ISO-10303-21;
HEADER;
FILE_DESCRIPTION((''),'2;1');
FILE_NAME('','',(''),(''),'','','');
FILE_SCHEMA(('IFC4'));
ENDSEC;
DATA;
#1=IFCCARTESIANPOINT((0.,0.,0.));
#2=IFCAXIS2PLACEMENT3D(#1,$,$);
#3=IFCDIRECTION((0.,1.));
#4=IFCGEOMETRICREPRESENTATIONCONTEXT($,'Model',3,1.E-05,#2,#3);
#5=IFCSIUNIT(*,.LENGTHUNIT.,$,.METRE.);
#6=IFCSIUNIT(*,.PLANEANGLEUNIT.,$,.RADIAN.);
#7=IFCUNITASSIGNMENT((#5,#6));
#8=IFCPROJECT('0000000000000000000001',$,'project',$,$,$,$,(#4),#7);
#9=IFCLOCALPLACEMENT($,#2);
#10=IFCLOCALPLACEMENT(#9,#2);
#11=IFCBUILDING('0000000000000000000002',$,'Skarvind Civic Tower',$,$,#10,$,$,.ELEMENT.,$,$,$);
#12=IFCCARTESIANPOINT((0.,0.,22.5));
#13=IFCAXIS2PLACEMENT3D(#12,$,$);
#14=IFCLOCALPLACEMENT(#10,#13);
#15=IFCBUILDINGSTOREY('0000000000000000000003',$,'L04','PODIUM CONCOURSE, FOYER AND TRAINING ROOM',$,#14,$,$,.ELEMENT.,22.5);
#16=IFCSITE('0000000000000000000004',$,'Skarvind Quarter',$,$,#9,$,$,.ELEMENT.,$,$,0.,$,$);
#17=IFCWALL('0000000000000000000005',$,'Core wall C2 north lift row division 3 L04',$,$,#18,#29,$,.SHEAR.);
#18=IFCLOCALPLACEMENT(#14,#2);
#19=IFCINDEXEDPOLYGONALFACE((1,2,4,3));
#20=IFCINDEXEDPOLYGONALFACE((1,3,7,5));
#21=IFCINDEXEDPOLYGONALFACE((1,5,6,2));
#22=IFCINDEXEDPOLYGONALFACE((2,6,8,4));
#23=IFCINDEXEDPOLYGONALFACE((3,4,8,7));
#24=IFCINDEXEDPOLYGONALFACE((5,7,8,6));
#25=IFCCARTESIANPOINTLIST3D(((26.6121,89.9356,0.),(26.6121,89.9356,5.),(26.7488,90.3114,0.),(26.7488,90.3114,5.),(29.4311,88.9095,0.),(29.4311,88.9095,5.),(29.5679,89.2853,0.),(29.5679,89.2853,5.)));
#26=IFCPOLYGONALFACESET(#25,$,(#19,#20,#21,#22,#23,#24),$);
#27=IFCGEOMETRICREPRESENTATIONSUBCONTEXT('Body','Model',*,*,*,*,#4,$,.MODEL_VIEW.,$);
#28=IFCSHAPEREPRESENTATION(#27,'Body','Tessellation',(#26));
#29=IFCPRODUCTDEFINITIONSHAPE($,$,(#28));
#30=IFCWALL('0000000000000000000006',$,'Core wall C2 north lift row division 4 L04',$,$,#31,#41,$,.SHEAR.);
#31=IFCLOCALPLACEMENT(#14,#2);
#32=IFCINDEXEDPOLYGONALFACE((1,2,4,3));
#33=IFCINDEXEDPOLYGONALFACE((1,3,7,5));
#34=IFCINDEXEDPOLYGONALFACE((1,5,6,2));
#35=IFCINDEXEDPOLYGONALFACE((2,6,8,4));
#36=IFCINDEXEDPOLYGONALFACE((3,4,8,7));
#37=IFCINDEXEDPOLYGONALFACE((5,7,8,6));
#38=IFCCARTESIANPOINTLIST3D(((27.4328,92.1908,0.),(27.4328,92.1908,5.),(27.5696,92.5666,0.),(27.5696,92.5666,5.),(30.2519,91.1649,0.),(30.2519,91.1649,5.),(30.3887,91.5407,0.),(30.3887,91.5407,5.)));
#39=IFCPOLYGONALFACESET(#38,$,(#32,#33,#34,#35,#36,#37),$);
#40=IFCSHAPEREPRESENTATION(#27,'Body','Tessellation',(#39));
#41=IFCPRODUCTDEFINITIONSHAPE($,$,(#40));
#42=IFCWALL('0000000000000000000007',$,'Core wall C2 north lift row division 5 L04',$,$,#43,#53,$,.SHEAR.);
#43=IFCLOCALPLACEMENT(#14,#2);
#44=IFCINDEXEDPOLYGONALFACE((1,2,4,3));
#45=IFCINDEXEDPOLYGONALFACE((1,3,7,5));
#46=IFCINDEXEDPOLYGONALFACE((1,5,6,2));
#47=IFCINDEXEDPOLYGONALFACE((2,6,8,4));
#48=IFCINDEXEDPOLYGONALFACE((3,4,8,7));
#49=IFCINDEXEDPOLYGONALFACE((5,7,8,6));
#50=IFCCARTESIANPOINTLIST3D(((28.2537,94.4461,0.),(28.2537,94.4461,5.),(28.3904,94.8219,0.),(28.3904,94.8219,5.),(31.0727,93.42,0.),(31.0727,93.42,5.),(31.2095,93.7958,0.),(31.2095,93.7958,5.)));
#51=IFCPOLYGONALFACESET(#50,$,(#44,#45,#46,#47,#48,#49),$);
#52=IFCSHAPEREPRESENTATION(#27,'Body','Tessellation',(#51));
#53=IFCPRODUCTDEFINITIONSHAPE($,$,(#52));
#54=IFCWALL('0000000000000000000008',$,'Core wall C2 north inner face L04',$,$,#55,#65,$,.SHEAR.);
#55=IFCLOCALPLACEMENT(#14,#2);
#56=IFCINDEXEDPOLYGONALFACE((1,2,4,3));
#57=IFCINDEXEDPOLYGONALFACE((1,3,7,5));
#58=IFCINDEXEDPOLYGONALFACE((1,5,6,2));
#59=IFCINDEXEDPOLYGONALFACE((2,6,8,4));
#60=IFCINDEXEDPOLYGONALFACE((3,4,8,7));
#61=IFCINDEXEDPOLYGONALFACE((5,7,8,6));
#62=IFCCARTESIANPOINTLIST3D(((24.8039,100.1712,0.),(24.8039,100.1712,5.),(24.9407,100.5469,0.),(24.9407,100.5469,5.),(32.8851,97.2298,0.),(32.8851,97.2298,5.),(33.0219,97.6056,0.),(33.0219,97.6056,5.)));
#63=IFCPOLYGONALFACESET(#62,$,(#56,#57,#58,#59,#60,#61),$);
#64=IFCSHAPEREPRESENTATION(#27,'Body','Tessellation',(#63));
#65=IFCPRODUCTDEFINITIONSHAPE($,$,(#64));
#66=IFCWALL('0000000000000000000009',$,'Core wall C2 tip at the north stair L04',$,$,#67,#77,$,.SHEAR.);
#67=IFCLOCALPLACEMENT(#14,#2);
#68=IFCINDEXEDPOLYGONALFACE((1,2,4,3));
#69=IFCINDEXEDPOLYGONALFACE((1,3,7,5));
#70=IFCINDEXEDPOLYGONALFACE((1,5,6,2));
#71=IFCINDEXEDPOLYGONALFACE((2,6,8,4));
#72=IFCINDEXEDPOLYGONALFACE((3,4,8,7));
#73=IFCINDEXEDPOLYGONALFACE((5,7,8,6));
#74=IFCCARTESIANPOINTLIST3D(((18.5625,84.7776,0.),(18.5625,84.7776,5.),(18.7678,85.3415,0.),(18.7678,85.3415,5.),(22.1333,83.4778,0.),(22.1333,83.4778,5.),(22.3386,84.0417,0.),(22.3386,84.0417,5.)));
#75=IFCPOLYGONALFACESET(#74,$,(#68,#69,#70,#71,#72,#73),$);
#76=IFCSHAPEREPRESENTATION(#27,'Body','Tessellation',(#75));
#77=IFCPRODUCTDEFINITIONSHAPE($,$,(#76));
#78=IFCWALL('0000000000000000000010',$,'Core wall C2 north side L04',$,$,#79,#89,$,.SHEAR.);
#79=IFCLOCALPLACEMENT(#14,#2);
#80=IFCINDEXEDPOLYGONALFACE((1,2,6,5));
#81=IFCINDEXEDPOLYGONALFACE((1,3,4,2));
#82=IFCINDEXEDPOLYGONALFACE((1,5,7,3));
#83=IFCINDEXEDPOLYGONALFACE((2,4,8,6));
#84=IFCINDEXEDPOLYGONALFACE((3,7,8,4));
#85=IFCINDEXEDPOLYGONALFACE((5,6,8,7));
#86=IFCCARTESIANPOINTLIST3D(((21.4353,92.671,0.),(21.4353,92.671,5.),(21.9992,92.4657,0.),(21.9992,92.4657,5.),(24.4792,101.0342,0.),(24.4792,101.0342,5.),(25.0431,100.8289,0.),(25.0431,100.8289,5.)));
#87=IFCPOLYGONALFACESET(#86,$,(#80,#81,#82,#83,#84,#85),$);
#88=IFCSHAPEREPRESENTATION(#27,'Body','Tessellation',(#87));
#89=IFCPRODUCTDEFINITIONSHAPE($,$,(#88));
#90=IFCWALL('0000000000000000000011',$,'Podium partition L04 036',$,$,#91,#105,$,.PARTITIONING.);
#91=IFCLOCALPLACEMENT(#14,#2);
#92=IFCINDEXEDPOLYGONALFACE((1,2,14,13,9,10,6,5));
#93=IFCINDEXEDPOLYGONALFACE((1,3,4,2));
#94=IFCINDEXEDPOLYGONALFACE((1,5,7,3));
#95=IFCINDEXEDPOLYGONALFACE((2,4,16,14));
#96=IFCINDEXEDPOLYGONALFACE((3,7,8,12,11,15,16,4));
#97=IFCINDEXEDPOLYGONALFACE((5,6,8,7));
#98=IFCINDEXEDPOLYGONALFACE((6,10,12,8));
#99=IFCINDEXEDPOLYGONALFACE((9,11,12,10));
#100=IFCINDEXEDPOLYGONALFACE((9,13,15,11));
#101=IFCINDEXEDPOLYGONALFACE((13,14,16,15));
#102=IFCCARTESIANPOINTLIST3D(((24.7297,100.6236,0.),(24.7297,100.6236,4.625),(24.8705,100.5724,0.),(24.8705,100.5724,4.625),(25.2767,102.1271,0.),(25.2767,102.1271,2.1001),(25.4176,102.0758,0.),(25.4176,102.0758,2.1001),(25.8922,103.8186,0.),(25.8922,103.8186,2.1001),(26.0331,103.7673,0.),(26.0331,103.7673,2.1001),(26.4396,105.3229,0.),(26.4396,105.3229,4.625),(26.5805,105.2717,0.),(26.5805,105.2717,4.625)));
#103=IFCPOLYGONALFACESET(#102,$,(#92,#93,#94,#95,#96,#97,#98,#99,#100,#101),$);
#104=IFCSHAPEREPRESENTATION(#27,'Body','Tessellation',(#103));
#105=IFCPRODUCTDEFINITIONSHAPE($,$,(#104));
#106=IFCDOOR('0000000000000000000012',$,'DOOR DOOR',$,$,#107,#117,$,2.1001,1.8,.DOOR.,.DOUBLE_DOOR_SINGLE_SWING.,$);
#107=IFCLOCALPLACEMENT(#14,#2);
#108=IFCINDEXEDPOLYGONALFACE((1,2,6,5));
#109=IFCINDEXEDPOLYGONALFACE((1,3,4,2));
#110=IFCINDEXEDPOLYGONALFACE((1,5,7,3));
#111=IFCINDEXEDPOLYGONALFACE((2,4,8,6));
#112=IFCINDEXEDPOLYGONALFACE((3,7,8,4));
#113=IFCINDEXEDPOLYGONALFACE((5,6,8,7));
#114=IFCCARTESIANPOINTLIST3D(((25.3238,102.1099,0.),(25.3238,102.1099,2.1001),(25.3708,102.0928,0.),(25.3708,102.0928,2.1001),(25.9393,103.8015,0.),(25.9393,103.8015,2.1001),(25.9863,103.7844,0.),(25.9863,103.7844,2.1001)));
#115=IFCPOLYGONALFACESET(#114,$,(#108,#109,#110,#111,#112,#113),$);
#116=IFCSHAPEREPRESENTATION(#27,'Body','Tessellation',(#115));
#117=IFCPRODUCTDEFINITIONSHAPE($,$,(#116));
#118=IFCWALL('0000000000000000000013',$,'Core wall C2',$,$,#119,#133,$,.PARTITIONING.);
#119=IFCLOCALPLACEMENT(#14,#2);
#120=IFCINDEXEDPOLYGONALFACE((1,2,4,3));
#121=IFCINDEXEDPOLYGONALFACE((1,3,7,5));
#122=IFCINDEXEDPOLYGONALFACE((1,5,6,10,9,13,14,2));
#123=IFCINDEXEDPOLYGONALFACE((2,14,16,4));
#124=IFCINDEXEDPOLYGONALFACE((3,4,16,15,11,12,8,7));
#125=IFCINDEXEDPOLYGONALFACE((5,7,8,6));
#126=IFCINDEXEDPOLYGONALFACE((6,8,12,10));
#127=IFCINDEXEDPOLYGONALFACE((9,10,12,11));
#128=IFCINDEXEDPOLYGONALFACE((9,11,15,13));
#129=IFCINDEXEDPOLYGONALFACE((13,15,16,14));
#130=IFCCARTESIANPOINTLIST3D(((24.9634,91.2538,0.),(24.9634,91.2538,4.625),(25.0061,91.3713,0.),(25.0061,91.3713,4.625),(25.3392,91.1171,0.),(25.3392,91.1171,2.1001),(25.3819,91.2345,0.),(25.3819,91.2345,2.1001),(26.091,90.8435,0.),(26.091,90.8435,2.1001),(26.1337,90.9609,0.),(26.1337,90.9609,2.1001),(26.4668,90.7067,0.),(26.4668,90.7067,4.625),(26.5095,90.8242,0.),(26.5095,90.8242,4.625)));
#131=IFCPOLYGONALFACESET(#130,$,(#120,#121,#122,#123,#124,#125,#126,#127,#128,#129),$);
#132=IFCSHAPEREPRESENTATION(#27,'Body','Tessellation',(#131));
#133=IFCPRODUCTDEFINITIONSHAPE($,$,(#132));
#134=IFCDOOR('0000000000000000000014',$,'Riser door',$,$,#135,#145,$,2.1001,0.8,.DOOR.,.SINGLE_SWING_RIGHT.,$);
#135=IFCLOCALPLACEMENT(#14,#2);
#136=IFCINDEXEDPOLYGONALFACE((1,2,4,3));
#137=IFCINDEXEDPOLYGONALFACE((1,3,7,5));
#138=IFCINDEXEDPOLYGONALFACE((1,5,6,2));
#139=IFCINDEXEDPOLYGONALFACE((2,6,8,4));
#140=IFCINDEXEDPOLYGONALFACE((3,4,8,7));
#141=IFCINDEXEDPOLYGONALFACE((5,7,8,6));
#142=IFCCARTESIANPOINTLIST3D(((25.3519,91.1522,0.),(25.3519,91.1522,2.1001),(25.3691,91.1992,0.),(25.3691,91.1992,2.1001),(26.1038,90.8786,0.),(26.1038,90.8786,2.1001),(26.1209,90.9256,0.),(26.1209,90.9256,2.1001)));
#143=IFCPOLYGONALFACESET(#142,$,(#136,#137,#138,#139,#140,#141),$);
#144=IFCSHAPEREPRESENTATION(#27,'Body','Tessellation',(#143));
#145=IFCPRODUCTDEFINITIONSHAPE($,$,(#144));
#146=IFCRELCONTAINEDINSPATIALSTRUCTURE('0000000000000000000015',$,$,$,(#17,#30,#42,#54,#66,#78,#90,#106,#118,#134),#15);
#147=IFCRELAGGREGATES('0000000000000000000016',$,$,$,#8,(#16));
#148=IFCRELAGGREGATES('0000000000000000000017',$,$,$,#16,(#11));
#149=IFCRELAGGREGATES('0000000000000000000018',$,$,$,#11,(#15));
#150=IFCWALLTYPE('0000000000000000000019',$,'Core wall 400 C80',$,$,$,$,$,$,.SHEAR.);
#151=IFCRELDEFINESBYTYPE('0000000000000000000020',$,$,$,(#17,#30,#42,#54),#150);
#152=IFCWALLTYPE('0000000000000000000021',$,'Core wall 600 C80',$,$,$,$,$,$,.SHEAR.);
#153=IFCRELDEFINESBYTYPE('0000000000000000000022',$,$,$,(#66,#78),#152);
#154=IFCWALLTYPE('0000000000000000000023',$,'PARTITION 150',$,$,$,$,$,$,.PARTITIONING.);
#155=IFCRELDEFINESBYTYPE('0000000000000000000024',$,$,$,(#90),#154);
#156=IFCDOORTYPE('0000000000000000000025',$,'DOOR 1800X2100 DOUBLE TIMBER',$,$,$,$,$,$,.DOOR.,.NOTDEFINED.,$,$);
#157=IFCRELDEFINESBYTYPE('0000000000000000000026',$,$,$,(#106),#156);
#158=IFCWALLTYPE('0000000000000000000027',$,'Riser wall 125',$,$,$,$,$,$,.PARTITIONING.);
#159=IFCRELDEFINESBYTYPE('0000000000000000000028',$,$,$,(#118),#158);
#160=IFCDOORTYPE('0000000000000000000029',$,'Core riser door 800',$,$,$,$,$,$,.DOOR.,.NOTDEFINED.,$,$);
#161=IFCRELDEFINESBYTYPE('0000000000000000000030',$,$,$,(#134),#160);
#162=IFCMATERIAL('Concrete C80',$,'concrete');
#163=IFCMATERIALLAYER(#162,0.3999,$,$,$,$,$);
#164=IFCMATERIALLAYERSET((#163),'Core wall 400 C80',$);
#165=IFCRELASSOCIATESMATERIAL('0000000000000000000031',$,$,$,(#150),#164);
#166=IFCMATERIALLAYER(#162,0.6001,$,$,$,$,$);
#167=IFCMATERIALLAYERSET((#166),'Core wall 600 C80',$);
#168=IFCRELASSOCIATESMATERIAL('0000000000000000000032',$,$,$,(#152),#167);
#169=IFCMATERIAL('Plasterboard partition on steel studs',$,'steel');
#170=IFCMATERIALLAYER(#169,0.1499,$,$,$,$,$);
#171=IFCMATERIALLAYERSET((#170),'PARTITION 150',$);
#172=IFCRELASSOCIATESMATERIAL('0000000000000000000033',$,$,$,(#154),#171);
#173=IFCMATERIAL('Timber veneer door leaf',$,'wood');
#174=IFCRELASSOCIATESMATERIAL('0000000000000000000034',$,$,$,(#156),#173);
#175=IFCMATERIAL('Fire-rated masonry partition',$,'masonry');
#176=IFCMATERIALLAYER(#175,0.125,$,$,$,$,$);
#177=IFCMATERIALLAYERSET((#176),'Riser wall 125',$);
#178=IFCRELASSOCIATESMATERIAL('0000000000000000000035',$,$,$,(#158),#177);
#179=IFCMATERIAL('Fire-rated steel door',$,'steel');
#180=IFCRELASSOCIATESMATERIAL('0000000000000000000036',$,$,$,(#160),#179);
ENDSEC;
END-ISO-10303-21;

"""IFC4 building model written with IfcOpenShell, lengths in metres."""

from ifc_helpers import new_model, si_unit, direction, frame, frame_2d, origin, place, context, subcontext, project, spatial, rectangle, extrude, material, layer, layer_set, type_object, element, fill, save


model = new_model("IFC4")

# Units and contexts
model_context = context("Model", 3, precision=1e-05, world=origin(), true_north=direction((0.0, 1.0)))
body_context = subcontext(model_context, "Body", "Model", "MODEL_VIEW")
ifc_project = project(units=[si_unit("LENGTHUNIT", "METRE"), si_unit("PLANEANGLEUNIT", "RADIAN")], contexts=[model_context])

# Site, building, storey
site_placement = place(None, origin())
site = spatial("IfcSite", under=ifc_project, at=site_placement, Name="Skarvind Quarter", CompositionType="ELEMENT", RefElevation=0.0)
building_placement = place(site_placement, origin())
building = spatial("IfcBuilding", under=site, at=building_placement, Name="Skarvind Civic Tower", CompositionType="ELEMENT")
storey_placement = place(building_placement, frame((0.0, 0.0, 22.5)))
storey = spatial("IfcBuildingStorey", under=building, at=storey_placement, Name="L04", Description="PODIUM CONCOURSE, FOYER AND TRAINING ROOM", CompositionType="ELEMENT", Elevation=22.5)

# Shared definitions
ifc_material_1 = material(Name="Concrete C80", Category="concrete")

# Shared definitions
ifc_material_2 = material(Name="Fire-rated masonry partition", Category="masonry")
ifc_material_3 = material(Name="Fire-rated steel door", Category="steel")

# Shared definitions
ifc_layer_1 = layer(ifc_material_1, 0.3999)
ifc_layer_set_1 = layer_set([ifc_layer_1], Name="Core wall 400 C80")
wall_type_1 = type_object("IfcWallType", Name="Core wall 400 C80", PredefinedType="SHEAR", material=ifc_layer_set_1)

# Walls
for number, where, z_axis, x_axis, name in (
    (1, (29.4995, 89.0974, 0.0), (0.0, 0.0, 1.0), (-0.939686, 0.342037, 0.0), "Core wall C2 north lift row division 3 L04"),
    (2, (30.3203, 91.3528, 0.0), (0.0, 0.0, 1.0), (-0.939713, 0.341965, 0.0), "Core wall C2 north lift row division 4 L04"),
    (3, (31.1411, 93.6079, 0.0), (0.0, 0.0, 1.0), (-0.939686, 0.342037, 0.0), "Core wall C2 north lift row division 5 L04"),
):
    element("IfcWall", number, at=place(storey_placement, frame(where, z_axis=z_axis, x_axis=x_axis)), inside=storey, type_object=wall_type_1, Name=name, PredefinedType="SHEAR", context=body_context, shape_type="SweptSolid", body=[
        extrude(rectangle(XDim=3.0, YDim=0.3999, at=frame_2d((1.5, 0.0))), origin(), (0.0, 0.0, 1.0), 5.0),
    ])
wall_1_placement = place(storey_placement, frame((32.9534, 97.4177, 0.0), z_axis=(0.0, 0.0, 1.0), x_axis=(-0.939691, 0.342026, 0.0)))
element("IfcWall", 4, at=wall_1_placement, inside=storey, type_object=wall_type_1, Name="Core wall C2 north inner face L04", PredefinedType="SHEAR", context=body_context, shape_type="SweptSolid", body=[
    extrude(rectangle(XDim=8.5999, YDim=0.3999, at=frame_2d((4.2998, 0.0))), origin(), (0.0, 0.0, 1.0), 5.0),
])
ifc_layer_2 = layer(ifc_material_1, 0.6001)
ifc_layer_set_2 = layer_set([ifc_layer_2], Name="Core wall 600 C80")
wall_type_2 = type_object("IfcWallType", Name="Core wall 600 C80", PredefinedType="SHEAR", material=ifc_layer_set_2)
wall_2_placement = place(storey_placement, frame((22.2358, 83.7598, 0.0), z_axis=(0.0, 0.0, 1.0), x_axis=(-0.939681, 0.342053, 0.0)))
element("IfcWall", 5, at=wall_2_placement, inside=storey, type_object=wall_type_2, Name="Core wall C2 tip at the north stair L04", PredefinedType="SHEAR", context=body_context, shape_type="SweptSolid", body=[
    extrude(rectangle(XDim=3.8, YDim=0.6001, at=frame_2d((1.8999, 0.0))), origin(), (0.0, 0.0, 1.0), 5.0),
])
wall_3_placement = place(storey_placement, frame((21.7173, 92.5684, 0.0), z_axis=(0.0, 0.0, 1.0), x_axis=(0.342016, 0.939694, 0.0)))
element("IfcWall", 6, at=wall_3_placement, inside=storey, type_object=wall_type_2, Name="Core wall C2 north side L04", PredefinedType="SHEAR", context=body_context, shape_type="SweptSolid", body=[
    extrude(rectangle(XDim=8.8999, YDim=0.6001, at=frame_2d((4.45, 0.0))), origin(), (0.0, 0.0, 1.0), 5.0),
])

# Walls, openings, doors
ifc_material_4 = material(Name="Plasterboard partition on steel studs", Category="steel")
ifc_layer_3 = layer(ifc_material_4, 0.1499)
ifc_layer_set_3 = layer_set([ifc_layer_3], Name="PARTITION 150")
wall_type_3 = type_object("IfcWallType", Name="PARTITION 150", PredefinedType="PARTITIONING", material=ifc_layer_set_3)
wall_4_placement = place(storey_placement, frame((24.8, 100.5979, 0.0), z_axis=(0.0, 0.0, 1.0), x_axis=(0.341947, 0.939719, 0.0)))
wall_4 = element("IfcWall", 7, at=wall_4_placement, inside=storey, type_object=wall_type_3, Name="Podium partition L04 036", PredefinedType="PARTITIONING", context=body_context, shape_type="SweptSolid", body=[
    extrude(rectangle(XDim=5.0007, YDim=0.1499, at=frame_2d((2.5005, 0.0))), origin(), (0.0, 0.0, 1.0), 4.625),
])
opening_1_placement = place(wall_4_placement, frame((1.6001, 0.0, 0.0)))
opening_1 = element("IfcOpeningElement", 8, at=opening_1_placement, cuts=wall_4, PredefinedType="OPENING", context=body_context, shape_type="SweptSolid", body=[
    extrude(rectangle(XDim=1.8, YDim=2.1001, at=frame_2d((0.8999, 1.05))), frame((0.0, 0.085, 0.0), z_axis=(0.0, -1.0, 0.0), x_axis=(1.0, 0.0, 0.0)), (0.0, 0.0, 1.0), 0.1699),
])
ifc_material_5 = material(Name="Timber veneer door leaf", Category="wood")
door_type_1 = type_object("IfcDoorType", Name="DOOR 1800X2100 DOUBLE TIMBER", OperationType="NOTDEFINED", PredefinedType="DOOR", material=ifc_material_5)
door_1_placement = place(opening_1_placement, origin())
door_1 = element("IfcDoor", 9, at=door_1_placement, inside=storey, type_object=door_type_1, Name="DOOR DOOR", OperationType="DOUBLE_DOOR_SINGLE_SWING", OverallHeight=2.1001, OverallWidth=1.8, PredefinedType="DOOR", context=body_context, shape_type="SweptSolid", body=[
    extrude(rectangle(XDim=1.8, YDim=2.1001, at=frame_2d((0.8999, 1.05))), frame((0.0, 0.0249, 0.0), z_axis=(0.0, -1.0, 0.0), x_axis=(1.0, 0.0, 0.0)), (0.0, 0.0, 1.0), 0.05),
])
fill(opening_1, door_1)
ifc_layer_4 = layer(ifc_material_2, 0.125)
ifc_layer_set_4 = layer_set([ifc_layer_4], Name="Riser wall 125")
wall_type_4 = type_object("IfcWallType", Name="Riser wall 125", PredefinedType="PARTITIONING", material=ifc_layer_set_4)
wall_5_placement = place(storey_placement, frame((24.9849, 91.3125, 0.0), z_axis=(0.0, 0.0, 1.0), x_axis=(0.939709, -0.341976, 0.0)))
wall_5 = element("IfcWall", 10, at=wall_5_placement, inside=storey, type_object=wall_type_4, Name="Core wall C2", PredefinedType="PARTITIONING", context=body_context, shape_type="SweptSolid", body=[
    extrude(rectangle(XDim=1.5999, YDim=0.125, at=frame_2d((0.7998, 0.0))), origin(), (0.0, 0.0, 1.0), 4.625),
])
opening_2_placement = place(wall_5_placement, frame((0.3999, 0.0, 0.0)))
opening_2 = element("IfcOpeningElement", 11, at=opening_2_placement, cuts=wall_5, PredefinedType="OPENING", context=body_context, shape_type="SweptSolid", body=[
    extrude(rectangle(XDim=0.8, YDim=2.1001, at=frame_2d((0.3999, 1.05))), frame((0.0, 0.0725, 0.0), z_axis=(0.0, -1.0, 0.0), x_axis=(1.0, 0.0, 0.0)), (0.0, 0.0, 1.0), 0.145),
])
door_type_2 = type_object("IfcDoorType", Name="Core riser door 800", OperationType="NOTDEFINED", PredefinedType="DOOR", material=ifc_material_3)
door_2_placement = place(opening_2_placement, origin())
door_2 = element("IfcDoor", 12, at=door_2_placement, inside=storey, type_object=door_type_2, Name="Riser door", OperationType="SINGLE_SWING_RIGHT", OverallHeight=2.1001, OverallWidth=0.8, PredefinedType="DOOR", context=body_context, shape_type="SweptSolid", body=[
    extrude(rectangle(XDim=0.8, YDim=2.1001, at=frame_2d((0.3999, 1.05))), frame((0.0, 0.0249, 0.0), z_axis=(0.0, -1.0, 0.0), x_axis=(1.0, 0.0, 0.0)), (0.0, 0.0, 1.0), 0.05),
])
fill(opening_2, door_2)

save(model, "model.ifc")
